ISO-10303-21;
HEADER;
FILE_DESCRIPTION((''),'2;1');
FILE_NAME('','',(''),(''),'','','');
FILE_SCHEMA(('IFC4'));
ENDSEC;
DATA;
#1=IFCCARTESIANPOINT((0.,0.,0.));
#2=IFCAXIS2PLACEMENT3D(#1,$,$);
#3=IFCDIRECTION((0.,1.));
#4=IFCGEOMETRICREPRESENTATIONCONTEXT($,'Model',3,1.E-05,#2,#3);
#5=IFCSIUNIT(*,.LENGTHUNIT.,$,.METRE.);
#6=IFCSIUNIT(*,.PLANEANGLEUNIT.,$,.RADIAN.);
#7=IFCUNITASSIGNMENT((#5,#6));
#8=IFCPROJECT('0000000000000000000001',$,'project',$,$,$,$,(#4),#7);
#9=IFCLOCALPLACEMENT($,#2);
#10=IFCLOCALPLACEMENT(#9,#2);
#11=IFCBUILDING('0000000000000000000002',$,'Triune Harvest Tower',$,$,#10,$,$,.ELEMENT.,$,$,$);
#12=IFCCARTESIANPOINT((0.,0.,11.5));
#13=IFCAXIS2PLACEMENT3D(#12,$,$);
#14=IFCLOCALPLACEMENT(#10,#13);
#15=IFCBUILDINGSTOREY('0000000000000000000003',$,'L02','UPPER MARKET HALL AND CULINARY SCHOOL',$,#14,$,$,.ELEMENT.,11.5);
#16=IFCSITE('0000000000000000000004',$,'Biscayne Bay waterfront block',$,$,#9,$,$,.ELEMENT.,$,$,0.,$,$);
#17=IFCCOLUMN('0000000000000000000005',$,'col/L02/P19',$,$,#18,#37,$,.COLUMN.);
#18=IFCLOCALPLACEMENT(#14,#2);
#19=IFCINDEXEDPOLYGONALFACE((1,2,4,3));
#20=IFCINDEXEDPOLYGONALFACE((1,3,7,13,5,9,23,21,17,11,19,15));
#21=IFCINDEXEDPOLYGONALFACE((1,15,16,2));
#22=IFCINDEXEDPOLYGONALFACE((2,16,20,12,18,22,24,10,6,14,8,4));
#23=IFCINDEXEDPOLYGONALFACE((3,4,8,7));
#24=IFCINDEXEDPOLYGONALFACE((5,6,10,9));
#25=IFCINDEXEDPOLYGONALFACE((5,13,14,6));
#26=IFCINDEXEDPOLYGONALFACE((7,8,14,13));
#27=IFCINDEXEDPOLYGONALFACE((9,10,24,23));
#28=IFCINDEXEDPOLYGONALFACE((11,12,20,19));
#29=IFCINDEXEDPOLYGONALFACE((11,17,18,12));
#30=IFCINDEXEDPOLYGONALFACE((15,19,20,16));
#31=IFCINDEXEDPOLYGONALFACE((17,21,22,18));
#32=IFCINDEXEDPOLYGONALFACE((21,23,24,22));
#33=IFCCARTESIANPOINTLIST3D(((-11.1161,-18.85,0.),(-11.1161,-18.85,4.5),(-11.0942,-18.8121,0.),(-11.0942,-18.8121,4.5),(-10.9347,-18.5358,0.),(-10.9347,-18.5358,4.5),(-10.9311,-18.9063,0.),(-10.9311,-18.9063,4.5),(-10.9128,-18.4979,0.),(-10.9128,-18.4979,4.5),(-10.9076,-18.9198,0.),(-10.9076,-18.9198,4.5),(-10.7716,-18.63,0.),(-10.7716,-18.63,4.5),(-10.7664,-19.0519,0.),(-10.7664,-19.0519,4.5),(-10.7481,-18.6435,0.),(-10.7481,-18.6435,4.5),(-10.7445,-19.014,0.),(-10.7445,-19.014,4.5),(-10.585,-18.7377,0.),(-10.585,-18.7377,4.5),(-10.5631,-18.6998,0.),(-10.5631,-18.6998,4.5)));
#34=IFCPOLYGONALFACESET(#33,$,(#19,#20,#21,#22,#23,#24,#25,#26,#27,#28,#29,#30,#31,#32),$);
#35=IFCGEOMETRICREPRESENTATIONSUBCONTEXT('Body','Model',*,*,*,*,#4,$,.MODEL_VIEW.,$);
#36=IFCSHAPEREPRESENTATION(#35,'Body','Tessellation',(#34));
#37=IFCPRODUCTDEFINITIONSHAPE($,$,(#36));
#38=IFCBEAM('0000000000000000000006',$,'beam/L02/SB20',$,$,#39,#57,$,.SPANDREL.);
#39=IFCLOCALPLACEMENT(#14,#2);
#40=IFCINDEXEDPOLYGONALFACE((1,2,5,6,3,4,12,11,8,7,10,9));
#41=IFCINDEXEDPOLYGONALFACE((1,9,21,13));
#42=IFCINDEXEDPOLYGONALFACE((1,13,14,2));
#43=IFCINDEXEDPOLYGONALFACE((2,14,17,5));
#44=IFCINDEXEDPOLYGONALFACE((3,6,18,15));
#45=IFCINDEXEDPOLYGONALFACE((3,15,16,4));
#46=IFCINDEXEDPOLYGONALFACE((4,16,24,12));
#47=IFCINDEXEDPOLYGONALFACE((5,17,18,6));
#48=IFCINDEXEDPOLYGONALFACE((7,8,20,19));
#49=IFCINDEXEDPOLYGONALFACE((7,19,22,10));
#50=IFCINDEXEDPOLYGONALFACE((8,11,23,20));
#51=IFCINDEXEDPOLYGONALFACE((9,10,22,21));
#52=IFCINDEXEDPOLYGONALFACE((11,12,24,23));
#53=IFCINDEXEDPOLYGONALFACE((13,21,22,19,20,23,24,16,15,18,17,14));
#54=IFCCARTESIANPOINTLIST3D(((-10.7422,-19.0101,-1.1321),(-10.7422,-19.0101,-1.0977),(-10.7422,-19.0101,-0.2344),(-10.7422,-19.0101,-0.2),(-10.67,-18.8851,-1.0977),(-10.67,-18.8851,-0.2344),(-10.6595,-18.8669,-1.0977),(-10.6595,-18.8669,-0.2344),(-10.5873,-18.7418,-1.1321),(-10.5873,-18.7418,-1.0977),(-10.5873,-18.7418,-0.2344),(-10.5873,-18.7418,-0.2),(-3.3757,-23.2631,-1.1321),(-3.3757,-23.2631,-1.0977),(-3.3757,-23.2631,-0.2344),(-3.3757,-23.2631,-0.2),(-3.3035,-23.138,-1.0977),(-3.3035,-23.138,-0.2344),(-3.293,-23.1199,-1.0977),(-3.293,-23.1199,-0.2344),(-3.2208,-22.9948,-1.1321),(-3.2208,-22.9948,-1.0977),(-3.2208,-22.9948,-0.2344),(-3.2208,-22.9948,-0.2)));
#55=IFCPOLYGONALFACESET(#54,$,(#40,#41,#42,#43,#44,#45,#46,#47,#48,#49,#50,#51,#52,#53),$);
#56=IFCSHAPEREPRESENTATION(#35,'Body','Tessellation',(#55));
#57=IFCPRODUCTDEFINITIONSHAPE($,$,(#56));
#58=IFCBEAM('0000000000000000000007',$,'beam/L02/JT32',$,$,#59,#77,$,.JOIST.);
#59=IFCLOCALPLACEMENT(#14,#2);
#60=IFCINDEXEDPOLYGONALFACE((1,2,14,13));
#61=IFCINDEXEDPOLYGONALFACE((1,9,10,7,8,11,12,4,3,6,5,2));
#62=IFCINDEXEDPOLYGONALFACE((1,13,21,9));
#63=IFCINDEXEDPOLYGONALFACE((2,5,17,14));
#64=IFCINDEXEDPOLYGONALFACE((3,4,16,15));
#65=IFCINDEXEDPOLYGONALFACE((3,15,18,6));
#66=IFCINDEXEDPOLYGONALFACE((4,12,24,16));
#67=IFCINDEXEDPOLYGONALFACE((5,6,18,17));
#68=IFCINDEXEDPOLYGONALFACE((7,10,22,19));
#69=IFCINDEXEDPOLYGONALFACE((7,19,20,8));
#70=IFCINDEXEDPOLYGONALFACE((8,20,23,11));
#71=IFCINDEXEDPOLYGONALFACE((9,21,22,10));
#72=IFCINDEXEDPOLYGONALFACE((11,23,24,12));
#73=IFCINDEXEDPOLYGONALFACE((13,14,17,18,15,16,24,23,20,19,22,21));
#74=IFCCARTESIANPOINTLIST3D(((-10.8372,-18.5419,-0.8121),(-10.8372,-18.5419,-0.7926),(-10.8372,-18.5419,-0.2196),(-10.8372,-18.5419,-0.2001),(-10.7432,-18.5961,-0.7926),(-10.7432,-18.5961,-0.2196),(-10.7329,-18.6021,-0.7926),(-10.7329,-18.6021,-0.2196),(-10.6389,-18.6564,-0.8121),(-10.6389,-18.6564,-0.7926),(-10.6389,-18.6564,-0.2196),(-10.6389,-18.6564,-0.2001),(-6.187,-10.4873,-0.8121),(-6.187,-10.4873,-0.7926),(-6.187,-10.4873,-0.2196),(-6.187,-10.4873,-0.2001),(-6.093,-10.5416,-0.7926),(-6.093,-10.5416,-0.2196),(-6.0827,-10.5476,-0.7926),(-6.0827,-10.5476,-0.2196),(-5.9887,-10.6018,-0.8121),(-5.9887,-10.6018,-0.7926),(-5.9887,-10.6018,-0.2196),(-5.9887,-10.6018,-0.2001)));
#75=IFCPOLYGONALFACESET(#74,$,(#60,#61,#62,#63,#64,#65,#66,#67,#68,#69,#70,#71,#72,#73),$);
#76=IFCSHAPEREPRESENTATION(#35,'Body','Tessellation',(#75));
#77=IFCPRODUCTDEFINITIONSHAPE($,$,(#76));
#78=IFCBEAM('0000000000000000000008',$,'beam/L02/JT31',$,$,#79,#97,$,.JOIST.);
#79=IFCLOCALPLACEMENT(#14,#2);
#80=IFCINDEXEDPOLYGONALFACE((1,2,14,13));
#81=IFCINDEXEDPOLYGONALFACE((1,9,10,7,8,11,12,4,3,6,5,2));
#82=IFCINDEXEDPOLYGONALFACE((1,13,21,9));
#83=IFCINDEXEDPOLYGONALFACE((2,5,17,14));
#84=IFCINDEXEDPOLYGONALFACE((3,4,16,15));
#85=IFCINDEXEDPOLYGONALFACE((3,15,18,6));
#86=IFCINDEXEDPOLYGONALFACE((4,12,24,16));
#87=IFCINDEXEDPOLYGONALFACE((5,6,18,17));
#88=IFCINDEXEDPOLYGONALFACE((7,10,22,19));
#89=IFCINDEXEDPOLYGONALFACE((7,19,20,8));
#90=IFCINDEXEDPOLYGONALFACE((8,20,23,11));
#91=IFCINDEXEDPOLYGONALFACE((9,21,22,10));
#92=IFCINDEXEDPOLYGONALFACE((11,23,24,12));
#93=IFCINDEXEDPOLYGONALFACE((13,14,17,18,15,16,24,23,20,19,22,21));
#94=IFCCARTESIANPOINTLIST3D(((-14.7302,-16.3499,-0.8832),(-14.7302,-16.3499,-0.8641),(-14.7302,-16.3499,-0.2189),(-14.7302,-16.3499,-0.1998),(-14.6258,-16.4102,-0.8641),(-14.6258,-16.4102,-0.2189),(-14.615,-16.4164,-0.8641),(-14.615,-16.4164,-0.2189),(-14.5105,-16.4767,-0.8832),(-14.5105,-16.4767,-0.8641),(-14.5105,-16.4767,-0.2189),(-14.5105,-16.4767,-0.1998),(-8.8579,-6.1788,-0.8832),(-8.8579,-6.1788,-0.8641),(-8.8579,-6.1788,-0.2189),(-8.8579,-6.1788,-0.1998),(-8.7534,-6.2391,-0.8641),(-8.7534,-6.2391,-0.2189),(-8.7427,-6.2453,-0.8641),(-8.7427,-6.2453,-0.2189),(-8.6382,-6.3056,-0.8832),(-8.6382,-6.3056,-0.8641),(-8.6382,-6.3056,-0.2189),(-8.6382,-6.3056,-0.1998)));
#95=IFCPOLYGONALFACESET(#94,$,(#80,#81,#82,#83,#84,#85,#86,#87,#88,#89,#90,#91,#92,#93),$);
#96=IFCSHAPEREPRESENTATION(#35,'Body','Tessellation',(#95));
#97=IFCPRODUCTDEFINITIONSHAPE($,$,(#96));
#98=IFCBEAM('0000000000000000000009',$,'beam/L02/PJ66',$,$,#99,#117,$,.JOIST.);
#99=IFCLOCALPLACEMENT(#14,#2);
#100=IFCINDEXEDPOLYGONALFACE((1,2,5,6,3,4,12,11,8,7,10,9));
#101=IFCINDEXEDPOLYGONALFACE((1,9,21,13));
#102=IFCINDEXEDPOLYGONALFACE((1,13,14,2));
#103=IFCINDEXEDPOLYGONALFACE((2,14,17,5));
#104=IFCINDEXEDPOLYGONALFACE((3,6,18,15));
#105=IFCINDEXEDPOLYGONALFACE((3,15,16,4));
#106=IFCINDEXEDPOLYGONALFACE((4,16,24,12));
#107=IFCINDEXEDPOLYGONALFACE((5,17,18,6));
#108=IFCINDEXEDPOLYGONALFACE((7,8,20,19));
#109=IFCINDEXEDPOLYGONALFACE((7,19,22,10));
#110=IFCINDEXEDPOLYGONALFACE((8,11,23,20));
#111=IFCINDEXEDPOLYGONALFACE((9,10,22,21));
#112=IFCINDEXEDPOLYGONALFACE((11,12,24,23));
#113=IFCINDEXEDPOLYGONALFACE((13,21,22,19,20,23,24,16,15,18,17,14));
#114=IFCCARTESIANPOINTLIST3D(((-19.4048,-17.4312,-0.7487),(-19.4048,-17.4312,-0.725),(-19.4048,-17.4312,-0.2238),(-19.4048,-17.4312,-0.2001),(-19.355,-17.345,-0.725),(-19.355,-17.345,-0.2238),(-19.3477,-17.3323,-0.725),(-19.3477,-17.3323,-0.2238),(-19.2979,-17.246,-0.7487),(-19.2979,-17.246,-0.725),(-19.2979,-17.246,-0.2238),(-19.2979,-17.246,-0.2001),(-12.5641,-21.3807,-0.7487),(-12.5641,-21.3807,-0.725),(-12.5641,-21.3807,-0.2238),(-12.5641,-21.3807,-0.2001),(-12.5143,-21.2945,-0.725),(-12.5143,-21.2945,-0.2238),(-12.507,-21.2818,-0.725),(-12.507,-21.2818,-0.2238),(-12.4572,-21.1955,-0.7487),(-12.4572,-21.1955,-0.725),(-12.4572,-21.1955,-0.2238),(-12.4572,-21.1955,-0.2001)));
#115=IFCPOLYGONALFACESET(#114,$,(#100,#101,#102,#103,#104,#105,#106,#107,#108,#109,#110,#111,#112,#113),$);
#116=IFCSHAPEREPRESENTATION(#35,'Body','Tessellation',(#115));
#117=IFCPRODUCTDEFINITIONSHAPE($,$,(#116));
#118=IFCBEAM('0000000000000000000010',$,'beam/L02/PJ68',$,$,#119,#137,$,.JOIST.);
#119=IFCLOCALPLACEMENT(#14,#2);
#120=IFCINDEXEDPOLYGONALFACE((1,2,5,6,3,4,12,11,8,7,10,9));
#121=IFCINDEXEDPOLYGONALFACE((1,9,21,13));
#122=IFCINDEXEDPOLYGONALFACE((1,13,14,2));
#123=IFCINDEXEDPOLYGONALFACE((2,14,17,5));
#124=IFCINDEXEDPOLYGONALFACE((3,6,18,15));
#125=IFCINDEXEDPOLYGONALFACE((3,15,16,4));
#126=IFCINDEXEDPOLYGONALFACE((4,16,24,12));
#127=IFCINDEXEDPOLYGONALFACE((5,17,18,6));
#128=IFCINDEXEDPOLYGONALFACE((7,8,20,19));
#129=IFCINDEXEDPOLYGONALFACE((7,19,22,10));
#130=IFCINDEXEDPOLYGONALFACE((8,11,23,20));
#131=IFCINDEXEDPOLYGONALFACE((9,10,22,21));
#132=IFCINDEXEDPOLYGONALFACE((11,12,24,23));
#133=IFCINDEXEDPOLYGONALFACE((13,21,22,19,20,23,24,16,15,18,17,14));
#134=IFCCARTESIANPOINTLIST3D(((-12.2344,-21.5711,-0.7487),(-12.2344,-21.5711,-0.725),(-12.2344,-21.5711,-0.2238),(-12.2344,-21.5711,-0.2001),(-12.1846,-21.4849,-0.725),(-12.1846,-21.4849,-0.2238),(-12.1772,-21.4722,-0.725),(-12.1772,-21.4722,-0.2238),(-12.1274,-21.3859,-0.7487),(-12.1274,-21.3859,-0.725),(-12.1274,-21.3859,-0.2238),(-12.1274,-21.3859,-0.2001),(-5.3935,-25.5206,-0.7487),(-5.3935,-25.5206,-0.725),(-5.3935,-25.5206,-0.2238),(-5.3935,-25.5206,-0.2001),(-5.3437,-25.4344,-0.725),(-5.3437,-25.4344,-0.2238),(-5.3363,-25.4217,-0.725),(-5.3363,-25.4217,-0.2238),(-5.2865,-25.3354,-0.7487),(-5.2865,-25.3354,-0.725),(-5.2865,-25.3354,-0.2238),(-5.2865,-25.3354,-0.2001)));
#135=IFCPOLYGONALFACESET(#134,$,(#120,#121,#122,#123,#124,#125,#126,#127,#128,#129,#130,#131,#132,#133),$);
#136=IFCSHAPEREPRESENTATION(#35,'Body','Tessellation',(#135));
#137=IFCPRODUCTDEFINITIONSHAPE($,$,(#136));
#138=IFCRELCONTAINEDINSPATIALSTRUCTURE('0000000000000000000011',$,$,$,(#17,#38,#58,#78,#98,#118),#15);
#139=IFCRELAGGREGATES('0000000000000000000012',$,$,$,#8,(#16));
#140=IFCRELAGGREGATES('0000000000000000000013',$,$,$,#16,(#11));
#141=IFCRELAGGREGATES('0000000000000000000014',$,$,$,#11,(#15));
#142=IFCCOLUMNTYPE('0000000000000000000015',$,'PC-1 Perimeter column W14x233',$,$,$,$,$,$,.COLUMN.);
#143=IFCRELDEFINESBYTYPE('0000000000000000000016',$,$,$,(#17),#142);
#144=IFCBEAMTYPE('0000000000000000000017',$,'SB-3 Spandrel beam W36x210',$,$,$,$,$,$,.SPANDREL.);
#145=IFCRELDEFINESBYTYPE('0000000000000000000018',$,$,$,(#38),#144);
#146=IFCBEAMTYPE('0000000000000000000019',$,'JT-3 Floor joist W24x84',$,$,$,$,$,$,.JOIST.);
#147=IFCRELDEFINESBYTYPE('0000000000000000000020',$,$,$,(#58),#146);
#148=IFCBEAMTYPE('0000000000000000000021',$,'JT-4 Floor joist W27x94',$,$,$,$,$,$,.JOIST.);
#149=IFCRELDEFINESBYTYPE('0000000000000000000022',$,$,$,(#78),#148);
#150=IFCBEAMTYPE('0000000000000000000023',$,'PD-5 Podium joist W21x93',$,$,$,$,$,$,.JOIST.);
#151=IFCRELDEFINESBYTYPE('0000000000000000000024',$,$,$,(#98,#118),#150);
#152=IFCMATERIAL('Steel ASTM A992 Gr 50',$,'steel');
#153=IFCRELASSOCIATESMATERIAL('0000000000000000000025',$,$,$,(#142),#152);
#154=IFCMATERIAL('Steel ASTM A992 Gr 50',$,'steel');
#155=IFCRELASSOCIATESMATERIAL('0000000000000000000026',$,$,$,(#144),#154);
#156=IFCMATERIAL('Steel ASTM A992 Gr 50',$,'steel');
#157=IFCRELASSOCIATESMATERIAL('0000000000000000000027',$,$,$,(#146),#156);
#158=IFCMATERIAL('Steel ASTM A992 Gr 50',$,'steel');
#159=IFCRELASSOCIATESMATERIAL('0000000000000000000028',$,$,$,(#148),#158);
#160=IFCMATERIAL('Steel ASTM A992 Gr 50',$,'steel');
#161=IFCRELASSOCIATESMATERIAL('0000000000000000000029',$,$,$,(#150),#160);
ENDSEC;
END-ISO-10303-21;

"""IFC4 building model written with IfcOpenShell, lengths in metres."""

from ifc_helpers import new_model, si_unit, direction, frame, origin, origin_2d, place, context, subcontext, project, spatial, i_section, extrude, source, transform, mapped, material, material_profile, profile_set, type_object, element, save


model = new_model("IFC4")

# Units and contexts
model_context = context("Model", 3, precision=1e-05, world=origin(), true_north=direction((0.0, 1.0)))
body_context = subcontext(model_context, "Body", "Model", "MODEL_VIEW")
ifc_project = project(units=[si_unit("LENGTHUNIT", "METRE"), si_unit("PLANEANGLEUNIT", "RADIAN")], contexts=[model_context])

# Site, building, storey
site_placement = place(None, origin())
site = spatial("IfcSite", under=ifc_project, at=site_placement, Name="Biscayne Bay waterfront block", CompositionType="ELEMENT", RefElevation=0.0)
building_placement = place(site_placement, origin())
building = spatial("IfcBuilding", under=site, at=building_placement, Name="Triune Harvest Tower", CompositionType="ELEMENT")
storey_placement = place(building_placement, frame((0.0, 0.0, 11.5)))
storey = spatial("IfcBuildingStorey", under=building, at=storey_placement, Name="L02", Description="UPPER MARKET HALL AND CULINARY SCHOOL", CompositionType="ELEMENT", Elevation=11.5)

# Column
ifc_material_1 = material(Name="Steel ASTM A992 Gr 50", Category="steel")
ifc_material_profile_1 = material_profile(ifc_material_1, i_section(OverallWidth=0.4038, OverallDepth=0.4065, WebThickness=0.0271, FlangeThickness=0.0437, at=origin_2d()), Name="W14x233")
ifc_profile_set_1 = profile_set([ifc_material_profile_1], Name="Steel ASTM A992 Gr 50")
column_type = type_object("IfcColumnType", Name="PC-1 Perimeter column W14x233", PredefinedType="COLUMN", material=ifc_profile_set_1)
shared_shape_1 = source(origin(), body_context, "Body", "SweptSolid", [
    extrude(i_section(OverallWidth=0.4038, OverallDepth=0.4065, WebThickness=0.0271, FlangeThickness=0.0437, at=origin_2d()), origin(), (0.0, 0.0, 1.0), 4.5),
])
column_placement = place(storey_placement, frame((-10.8396, -18.7749, 0.0), z_axis=(0.0, 0.0, 1.0), x_axis=(0.866025, -0.5, 0.0)))
element("IfcColumn", 1, at=column_placement, inside=storey, type_object=column_type, Name="col/L02/P19", PredefinedType="COLUMN", context=body_context, shape_type="MappedRepresentation", body=[
    mapped(shared_shape_1, transform((0.0, 0.0, 0.0), scale=1.0)),
])

# Beams
ifc_material_2 = material(Name="Steel ASTM A992 Gr 50", Category="steel")
ifc_material_profile_2 = material_profile(ifc_material_2, i_section(OverallWidth=0.3098, OverallDepth=0.9321, WebThickness=0.021, FlangeThickness=0.0344, at=origin_2d()), Name="W36x210")
ifc_profile_set_2 = profile_set([ifc_material_profile_2], Name="Steel ASTM A992 Gr 50")
beam_type_1 = type_object("IfcBeamType", Name="SB-3 Spandrel beam W36x210", PredefinedType="SPANDREL", material=ifc_profile_set_2)
shared_shape_2 = source(origin(), body_context, "Body", "SweptSolid", [
    extrude(i_section(OverallWidth=0.3098, OverallDepth=0.9321, WebThickness=0.021, FlangeThickness=0.0344, at=origin_2d()), origin(), (0.0, 0.0, 1.0), 8.5061),
])
beam_1_placement = place(storey_placement, frame((-10.6648, -18.876, -0.666), z_axis=(0.86603, -0.499992, 0.0), x_axis=(0.499992, 0.86603, 0.0)))
element("IfcBeam", 2, at=beam_1_placement, inside=storey, type_object=beam_type_1, Name="beam/L02/SB20", PredefinedType="SPANDREL", context=body_context, shape_type="MappedRepresentation", body=[
    mapped(shared_shape_2, transform((0.0, 0.0, 0.0), scale=1.0)),
])
ifc_material_3 = material(Name="Steel ASTM A992 Gr 50", Category="steel")
ifc_material_profile_3 = material_profile(ifc_material_3, i_section(OverallWidth=0.229, OverallDepth=0.6121, WebThickness=0.012, FlangeThickness=0.0195, at=origin_2d()), Name="W24x84")
ifc_profile_set_3 = profile_set([ifc_material_profile_3], Name="Steel ASTM A992 Gr 50")
beam_type_2 = type_object("IfcBeamType", Name="JT-3 Floor joist W24x84", PredefinedType="JOIST", material=ifc_profile_set_3)
shared_shape_3 = source(origin(), body_context, "Body", "SweptSolid", [
    extrude(i_section(OverallWidth=0.229, OverallDepth=0.6121, WebThickness=0.012, FlangeThickness=0.0195, at=origin_2d()), origin(), (0.0, 0.0, 1.0), 9.3005),
])
beam_2_placement = place(storey_placement, frame((-10.738, -18.5991, -0.5061), z_axis=(0.499993, 0.86603, 0.0), x_axis=(-0.86603, 0.499993, 0.0)))
element("IfcBeam", 3, at=beam_2_placement, inside=storey, type_object=beam_type_2, Name="beam/L02/JT32", PredefinedType="JOIST", context=body_context, shape_type="MappedRepresentation", body=[
    mapped(shared_shape_3, transform((0.0, 0.0, 0.0), scale=1.0)),
])
ifc_material_4 = material(Name="Steel ASTM A992 Gr 50", Category="steel")
ifc_material_profile_4 = material_profile(ifc_material_4, i_section(OverallWidth=0.2537, OverallDepth=0.6833, WebThickness=0.0125, FlangeThickness=0.019, at=origin_2d()), Name="W27x94")
ifc_profile_set_4 = profile_set([ifc_material_profile_4], Name="Steel ASTM A992 Gr 50")
beam_type_3 = type_object("IfcBeamType", Name="JT-4 Floor joist W27x94", PredefinedType="JOIST", material=ifc_profile_set_4)
shared_shape_4 = source(origin(), body_context, "Body", "SweptSolid", [
    extrude(i_section(OverallWidth=0.2537, OverallDepth=0.6833, WebThickness=0.0125, FlangeThickness=0.019, at=origin_2d()), origin(), (0.0, 0.0, 1.0), 11.7446),
])
beam_3_placement = place(storey_placement, frame((-14.6204, -16.4133, -0.5415), z_axis=(0.5, 0.866025, 0.0), x_axis=(-0.866025, 0.5, 0.0)))
element("IfcBeam", 4, at=beam_3_placement, inside=storey, type_object=beam_type_3, Name="beam/L02/JT31", PredefinedType="JOIST", context=body_context, shape_type="MappedRepresentation", body=[
    mapped(shared_shape_4, transform((0.0, 0.0, 0.0), scale=1.0)),
])
ifc_material_5 = material(Name="Steel ASTM A992 Gr 50", Category="steel")
ifc_material_profile_5 = material_profile(ifc_material_5, i_section(OverallWidth=0.2139, OverallDepth=0.5486, WebThickness=0.0146, FlangeThickness=0.0237, at=origin_2d()), Name="W21x93")
ifc_profile_set_5 = profile_set([ifc_material_profile_5], Name="Steel ASTM A992 Gr 50")
beam_type_4 = type_object("IfcBeamType", Name="PD-5 Podium joist W21x93", PredefinedType="JOIST", material=ifc_profile_set_5)
shared_shape_5 = source(origin(), body_context, "Body", "SweptSolid", [
    extrude(i_section(OverallWidth=0.2139, OverallDepth=0.5486, WebThickness=0.0146, FlangeThickness=0.0237, at=origin_2d()), origin(), (0.0, 0.0, 1.0), 7.8989),
])
beam_4_placement = place(storey_placement, frame((-19.3513, -17.3386, -0.4744), z_axis=(0.866022, -0.500005, 0.0), x_axis=(0.500005, 0.866022, 0.0)))
element("IfcBeam", 5, at=beam_4_placement, inside=storey, type_object=beam_type_4, Name="beam/L02/PJ66", PredefinedType="JOIST", context=body_context, shape_type="MappedRepresentation", body=[
    mapped(shared_shape_5, transform((0.0, 0.0, 0.0), scale=1.0)),
])
shared_shape_6 = source(origin(), body_context, "Body", "SweptSolid", [
    extrude(i_section(OverallWidth=0.2139, OverallDepth=0.5486, WebThickness=0.0146, FlangeThickness=0.0237, at=origin_2d()), origin(), (0.0, 0.0, 1.0), 7.8992),
])
beam_5_placement = place(storey_placement, frame((-12.1809, -21.4785, -0.4744), z_axis=(0.86603, -0.499992, 0.0), x_axis=(0.499992, 0.86603, 0.0)))
element("IfcBeam", 6, at=beam_5_placement, inside=storey, type_object=beam_type_4, Name="beam/L02/PJ68", PredefinedType="JOIST", context=body_context, shape_type="MappedRepresentation", body=[
    mapped(shared_shape_6, transform((0.0, 0.0, 0.0), scale=1.0)),
])

save(model, "model.ifc")
